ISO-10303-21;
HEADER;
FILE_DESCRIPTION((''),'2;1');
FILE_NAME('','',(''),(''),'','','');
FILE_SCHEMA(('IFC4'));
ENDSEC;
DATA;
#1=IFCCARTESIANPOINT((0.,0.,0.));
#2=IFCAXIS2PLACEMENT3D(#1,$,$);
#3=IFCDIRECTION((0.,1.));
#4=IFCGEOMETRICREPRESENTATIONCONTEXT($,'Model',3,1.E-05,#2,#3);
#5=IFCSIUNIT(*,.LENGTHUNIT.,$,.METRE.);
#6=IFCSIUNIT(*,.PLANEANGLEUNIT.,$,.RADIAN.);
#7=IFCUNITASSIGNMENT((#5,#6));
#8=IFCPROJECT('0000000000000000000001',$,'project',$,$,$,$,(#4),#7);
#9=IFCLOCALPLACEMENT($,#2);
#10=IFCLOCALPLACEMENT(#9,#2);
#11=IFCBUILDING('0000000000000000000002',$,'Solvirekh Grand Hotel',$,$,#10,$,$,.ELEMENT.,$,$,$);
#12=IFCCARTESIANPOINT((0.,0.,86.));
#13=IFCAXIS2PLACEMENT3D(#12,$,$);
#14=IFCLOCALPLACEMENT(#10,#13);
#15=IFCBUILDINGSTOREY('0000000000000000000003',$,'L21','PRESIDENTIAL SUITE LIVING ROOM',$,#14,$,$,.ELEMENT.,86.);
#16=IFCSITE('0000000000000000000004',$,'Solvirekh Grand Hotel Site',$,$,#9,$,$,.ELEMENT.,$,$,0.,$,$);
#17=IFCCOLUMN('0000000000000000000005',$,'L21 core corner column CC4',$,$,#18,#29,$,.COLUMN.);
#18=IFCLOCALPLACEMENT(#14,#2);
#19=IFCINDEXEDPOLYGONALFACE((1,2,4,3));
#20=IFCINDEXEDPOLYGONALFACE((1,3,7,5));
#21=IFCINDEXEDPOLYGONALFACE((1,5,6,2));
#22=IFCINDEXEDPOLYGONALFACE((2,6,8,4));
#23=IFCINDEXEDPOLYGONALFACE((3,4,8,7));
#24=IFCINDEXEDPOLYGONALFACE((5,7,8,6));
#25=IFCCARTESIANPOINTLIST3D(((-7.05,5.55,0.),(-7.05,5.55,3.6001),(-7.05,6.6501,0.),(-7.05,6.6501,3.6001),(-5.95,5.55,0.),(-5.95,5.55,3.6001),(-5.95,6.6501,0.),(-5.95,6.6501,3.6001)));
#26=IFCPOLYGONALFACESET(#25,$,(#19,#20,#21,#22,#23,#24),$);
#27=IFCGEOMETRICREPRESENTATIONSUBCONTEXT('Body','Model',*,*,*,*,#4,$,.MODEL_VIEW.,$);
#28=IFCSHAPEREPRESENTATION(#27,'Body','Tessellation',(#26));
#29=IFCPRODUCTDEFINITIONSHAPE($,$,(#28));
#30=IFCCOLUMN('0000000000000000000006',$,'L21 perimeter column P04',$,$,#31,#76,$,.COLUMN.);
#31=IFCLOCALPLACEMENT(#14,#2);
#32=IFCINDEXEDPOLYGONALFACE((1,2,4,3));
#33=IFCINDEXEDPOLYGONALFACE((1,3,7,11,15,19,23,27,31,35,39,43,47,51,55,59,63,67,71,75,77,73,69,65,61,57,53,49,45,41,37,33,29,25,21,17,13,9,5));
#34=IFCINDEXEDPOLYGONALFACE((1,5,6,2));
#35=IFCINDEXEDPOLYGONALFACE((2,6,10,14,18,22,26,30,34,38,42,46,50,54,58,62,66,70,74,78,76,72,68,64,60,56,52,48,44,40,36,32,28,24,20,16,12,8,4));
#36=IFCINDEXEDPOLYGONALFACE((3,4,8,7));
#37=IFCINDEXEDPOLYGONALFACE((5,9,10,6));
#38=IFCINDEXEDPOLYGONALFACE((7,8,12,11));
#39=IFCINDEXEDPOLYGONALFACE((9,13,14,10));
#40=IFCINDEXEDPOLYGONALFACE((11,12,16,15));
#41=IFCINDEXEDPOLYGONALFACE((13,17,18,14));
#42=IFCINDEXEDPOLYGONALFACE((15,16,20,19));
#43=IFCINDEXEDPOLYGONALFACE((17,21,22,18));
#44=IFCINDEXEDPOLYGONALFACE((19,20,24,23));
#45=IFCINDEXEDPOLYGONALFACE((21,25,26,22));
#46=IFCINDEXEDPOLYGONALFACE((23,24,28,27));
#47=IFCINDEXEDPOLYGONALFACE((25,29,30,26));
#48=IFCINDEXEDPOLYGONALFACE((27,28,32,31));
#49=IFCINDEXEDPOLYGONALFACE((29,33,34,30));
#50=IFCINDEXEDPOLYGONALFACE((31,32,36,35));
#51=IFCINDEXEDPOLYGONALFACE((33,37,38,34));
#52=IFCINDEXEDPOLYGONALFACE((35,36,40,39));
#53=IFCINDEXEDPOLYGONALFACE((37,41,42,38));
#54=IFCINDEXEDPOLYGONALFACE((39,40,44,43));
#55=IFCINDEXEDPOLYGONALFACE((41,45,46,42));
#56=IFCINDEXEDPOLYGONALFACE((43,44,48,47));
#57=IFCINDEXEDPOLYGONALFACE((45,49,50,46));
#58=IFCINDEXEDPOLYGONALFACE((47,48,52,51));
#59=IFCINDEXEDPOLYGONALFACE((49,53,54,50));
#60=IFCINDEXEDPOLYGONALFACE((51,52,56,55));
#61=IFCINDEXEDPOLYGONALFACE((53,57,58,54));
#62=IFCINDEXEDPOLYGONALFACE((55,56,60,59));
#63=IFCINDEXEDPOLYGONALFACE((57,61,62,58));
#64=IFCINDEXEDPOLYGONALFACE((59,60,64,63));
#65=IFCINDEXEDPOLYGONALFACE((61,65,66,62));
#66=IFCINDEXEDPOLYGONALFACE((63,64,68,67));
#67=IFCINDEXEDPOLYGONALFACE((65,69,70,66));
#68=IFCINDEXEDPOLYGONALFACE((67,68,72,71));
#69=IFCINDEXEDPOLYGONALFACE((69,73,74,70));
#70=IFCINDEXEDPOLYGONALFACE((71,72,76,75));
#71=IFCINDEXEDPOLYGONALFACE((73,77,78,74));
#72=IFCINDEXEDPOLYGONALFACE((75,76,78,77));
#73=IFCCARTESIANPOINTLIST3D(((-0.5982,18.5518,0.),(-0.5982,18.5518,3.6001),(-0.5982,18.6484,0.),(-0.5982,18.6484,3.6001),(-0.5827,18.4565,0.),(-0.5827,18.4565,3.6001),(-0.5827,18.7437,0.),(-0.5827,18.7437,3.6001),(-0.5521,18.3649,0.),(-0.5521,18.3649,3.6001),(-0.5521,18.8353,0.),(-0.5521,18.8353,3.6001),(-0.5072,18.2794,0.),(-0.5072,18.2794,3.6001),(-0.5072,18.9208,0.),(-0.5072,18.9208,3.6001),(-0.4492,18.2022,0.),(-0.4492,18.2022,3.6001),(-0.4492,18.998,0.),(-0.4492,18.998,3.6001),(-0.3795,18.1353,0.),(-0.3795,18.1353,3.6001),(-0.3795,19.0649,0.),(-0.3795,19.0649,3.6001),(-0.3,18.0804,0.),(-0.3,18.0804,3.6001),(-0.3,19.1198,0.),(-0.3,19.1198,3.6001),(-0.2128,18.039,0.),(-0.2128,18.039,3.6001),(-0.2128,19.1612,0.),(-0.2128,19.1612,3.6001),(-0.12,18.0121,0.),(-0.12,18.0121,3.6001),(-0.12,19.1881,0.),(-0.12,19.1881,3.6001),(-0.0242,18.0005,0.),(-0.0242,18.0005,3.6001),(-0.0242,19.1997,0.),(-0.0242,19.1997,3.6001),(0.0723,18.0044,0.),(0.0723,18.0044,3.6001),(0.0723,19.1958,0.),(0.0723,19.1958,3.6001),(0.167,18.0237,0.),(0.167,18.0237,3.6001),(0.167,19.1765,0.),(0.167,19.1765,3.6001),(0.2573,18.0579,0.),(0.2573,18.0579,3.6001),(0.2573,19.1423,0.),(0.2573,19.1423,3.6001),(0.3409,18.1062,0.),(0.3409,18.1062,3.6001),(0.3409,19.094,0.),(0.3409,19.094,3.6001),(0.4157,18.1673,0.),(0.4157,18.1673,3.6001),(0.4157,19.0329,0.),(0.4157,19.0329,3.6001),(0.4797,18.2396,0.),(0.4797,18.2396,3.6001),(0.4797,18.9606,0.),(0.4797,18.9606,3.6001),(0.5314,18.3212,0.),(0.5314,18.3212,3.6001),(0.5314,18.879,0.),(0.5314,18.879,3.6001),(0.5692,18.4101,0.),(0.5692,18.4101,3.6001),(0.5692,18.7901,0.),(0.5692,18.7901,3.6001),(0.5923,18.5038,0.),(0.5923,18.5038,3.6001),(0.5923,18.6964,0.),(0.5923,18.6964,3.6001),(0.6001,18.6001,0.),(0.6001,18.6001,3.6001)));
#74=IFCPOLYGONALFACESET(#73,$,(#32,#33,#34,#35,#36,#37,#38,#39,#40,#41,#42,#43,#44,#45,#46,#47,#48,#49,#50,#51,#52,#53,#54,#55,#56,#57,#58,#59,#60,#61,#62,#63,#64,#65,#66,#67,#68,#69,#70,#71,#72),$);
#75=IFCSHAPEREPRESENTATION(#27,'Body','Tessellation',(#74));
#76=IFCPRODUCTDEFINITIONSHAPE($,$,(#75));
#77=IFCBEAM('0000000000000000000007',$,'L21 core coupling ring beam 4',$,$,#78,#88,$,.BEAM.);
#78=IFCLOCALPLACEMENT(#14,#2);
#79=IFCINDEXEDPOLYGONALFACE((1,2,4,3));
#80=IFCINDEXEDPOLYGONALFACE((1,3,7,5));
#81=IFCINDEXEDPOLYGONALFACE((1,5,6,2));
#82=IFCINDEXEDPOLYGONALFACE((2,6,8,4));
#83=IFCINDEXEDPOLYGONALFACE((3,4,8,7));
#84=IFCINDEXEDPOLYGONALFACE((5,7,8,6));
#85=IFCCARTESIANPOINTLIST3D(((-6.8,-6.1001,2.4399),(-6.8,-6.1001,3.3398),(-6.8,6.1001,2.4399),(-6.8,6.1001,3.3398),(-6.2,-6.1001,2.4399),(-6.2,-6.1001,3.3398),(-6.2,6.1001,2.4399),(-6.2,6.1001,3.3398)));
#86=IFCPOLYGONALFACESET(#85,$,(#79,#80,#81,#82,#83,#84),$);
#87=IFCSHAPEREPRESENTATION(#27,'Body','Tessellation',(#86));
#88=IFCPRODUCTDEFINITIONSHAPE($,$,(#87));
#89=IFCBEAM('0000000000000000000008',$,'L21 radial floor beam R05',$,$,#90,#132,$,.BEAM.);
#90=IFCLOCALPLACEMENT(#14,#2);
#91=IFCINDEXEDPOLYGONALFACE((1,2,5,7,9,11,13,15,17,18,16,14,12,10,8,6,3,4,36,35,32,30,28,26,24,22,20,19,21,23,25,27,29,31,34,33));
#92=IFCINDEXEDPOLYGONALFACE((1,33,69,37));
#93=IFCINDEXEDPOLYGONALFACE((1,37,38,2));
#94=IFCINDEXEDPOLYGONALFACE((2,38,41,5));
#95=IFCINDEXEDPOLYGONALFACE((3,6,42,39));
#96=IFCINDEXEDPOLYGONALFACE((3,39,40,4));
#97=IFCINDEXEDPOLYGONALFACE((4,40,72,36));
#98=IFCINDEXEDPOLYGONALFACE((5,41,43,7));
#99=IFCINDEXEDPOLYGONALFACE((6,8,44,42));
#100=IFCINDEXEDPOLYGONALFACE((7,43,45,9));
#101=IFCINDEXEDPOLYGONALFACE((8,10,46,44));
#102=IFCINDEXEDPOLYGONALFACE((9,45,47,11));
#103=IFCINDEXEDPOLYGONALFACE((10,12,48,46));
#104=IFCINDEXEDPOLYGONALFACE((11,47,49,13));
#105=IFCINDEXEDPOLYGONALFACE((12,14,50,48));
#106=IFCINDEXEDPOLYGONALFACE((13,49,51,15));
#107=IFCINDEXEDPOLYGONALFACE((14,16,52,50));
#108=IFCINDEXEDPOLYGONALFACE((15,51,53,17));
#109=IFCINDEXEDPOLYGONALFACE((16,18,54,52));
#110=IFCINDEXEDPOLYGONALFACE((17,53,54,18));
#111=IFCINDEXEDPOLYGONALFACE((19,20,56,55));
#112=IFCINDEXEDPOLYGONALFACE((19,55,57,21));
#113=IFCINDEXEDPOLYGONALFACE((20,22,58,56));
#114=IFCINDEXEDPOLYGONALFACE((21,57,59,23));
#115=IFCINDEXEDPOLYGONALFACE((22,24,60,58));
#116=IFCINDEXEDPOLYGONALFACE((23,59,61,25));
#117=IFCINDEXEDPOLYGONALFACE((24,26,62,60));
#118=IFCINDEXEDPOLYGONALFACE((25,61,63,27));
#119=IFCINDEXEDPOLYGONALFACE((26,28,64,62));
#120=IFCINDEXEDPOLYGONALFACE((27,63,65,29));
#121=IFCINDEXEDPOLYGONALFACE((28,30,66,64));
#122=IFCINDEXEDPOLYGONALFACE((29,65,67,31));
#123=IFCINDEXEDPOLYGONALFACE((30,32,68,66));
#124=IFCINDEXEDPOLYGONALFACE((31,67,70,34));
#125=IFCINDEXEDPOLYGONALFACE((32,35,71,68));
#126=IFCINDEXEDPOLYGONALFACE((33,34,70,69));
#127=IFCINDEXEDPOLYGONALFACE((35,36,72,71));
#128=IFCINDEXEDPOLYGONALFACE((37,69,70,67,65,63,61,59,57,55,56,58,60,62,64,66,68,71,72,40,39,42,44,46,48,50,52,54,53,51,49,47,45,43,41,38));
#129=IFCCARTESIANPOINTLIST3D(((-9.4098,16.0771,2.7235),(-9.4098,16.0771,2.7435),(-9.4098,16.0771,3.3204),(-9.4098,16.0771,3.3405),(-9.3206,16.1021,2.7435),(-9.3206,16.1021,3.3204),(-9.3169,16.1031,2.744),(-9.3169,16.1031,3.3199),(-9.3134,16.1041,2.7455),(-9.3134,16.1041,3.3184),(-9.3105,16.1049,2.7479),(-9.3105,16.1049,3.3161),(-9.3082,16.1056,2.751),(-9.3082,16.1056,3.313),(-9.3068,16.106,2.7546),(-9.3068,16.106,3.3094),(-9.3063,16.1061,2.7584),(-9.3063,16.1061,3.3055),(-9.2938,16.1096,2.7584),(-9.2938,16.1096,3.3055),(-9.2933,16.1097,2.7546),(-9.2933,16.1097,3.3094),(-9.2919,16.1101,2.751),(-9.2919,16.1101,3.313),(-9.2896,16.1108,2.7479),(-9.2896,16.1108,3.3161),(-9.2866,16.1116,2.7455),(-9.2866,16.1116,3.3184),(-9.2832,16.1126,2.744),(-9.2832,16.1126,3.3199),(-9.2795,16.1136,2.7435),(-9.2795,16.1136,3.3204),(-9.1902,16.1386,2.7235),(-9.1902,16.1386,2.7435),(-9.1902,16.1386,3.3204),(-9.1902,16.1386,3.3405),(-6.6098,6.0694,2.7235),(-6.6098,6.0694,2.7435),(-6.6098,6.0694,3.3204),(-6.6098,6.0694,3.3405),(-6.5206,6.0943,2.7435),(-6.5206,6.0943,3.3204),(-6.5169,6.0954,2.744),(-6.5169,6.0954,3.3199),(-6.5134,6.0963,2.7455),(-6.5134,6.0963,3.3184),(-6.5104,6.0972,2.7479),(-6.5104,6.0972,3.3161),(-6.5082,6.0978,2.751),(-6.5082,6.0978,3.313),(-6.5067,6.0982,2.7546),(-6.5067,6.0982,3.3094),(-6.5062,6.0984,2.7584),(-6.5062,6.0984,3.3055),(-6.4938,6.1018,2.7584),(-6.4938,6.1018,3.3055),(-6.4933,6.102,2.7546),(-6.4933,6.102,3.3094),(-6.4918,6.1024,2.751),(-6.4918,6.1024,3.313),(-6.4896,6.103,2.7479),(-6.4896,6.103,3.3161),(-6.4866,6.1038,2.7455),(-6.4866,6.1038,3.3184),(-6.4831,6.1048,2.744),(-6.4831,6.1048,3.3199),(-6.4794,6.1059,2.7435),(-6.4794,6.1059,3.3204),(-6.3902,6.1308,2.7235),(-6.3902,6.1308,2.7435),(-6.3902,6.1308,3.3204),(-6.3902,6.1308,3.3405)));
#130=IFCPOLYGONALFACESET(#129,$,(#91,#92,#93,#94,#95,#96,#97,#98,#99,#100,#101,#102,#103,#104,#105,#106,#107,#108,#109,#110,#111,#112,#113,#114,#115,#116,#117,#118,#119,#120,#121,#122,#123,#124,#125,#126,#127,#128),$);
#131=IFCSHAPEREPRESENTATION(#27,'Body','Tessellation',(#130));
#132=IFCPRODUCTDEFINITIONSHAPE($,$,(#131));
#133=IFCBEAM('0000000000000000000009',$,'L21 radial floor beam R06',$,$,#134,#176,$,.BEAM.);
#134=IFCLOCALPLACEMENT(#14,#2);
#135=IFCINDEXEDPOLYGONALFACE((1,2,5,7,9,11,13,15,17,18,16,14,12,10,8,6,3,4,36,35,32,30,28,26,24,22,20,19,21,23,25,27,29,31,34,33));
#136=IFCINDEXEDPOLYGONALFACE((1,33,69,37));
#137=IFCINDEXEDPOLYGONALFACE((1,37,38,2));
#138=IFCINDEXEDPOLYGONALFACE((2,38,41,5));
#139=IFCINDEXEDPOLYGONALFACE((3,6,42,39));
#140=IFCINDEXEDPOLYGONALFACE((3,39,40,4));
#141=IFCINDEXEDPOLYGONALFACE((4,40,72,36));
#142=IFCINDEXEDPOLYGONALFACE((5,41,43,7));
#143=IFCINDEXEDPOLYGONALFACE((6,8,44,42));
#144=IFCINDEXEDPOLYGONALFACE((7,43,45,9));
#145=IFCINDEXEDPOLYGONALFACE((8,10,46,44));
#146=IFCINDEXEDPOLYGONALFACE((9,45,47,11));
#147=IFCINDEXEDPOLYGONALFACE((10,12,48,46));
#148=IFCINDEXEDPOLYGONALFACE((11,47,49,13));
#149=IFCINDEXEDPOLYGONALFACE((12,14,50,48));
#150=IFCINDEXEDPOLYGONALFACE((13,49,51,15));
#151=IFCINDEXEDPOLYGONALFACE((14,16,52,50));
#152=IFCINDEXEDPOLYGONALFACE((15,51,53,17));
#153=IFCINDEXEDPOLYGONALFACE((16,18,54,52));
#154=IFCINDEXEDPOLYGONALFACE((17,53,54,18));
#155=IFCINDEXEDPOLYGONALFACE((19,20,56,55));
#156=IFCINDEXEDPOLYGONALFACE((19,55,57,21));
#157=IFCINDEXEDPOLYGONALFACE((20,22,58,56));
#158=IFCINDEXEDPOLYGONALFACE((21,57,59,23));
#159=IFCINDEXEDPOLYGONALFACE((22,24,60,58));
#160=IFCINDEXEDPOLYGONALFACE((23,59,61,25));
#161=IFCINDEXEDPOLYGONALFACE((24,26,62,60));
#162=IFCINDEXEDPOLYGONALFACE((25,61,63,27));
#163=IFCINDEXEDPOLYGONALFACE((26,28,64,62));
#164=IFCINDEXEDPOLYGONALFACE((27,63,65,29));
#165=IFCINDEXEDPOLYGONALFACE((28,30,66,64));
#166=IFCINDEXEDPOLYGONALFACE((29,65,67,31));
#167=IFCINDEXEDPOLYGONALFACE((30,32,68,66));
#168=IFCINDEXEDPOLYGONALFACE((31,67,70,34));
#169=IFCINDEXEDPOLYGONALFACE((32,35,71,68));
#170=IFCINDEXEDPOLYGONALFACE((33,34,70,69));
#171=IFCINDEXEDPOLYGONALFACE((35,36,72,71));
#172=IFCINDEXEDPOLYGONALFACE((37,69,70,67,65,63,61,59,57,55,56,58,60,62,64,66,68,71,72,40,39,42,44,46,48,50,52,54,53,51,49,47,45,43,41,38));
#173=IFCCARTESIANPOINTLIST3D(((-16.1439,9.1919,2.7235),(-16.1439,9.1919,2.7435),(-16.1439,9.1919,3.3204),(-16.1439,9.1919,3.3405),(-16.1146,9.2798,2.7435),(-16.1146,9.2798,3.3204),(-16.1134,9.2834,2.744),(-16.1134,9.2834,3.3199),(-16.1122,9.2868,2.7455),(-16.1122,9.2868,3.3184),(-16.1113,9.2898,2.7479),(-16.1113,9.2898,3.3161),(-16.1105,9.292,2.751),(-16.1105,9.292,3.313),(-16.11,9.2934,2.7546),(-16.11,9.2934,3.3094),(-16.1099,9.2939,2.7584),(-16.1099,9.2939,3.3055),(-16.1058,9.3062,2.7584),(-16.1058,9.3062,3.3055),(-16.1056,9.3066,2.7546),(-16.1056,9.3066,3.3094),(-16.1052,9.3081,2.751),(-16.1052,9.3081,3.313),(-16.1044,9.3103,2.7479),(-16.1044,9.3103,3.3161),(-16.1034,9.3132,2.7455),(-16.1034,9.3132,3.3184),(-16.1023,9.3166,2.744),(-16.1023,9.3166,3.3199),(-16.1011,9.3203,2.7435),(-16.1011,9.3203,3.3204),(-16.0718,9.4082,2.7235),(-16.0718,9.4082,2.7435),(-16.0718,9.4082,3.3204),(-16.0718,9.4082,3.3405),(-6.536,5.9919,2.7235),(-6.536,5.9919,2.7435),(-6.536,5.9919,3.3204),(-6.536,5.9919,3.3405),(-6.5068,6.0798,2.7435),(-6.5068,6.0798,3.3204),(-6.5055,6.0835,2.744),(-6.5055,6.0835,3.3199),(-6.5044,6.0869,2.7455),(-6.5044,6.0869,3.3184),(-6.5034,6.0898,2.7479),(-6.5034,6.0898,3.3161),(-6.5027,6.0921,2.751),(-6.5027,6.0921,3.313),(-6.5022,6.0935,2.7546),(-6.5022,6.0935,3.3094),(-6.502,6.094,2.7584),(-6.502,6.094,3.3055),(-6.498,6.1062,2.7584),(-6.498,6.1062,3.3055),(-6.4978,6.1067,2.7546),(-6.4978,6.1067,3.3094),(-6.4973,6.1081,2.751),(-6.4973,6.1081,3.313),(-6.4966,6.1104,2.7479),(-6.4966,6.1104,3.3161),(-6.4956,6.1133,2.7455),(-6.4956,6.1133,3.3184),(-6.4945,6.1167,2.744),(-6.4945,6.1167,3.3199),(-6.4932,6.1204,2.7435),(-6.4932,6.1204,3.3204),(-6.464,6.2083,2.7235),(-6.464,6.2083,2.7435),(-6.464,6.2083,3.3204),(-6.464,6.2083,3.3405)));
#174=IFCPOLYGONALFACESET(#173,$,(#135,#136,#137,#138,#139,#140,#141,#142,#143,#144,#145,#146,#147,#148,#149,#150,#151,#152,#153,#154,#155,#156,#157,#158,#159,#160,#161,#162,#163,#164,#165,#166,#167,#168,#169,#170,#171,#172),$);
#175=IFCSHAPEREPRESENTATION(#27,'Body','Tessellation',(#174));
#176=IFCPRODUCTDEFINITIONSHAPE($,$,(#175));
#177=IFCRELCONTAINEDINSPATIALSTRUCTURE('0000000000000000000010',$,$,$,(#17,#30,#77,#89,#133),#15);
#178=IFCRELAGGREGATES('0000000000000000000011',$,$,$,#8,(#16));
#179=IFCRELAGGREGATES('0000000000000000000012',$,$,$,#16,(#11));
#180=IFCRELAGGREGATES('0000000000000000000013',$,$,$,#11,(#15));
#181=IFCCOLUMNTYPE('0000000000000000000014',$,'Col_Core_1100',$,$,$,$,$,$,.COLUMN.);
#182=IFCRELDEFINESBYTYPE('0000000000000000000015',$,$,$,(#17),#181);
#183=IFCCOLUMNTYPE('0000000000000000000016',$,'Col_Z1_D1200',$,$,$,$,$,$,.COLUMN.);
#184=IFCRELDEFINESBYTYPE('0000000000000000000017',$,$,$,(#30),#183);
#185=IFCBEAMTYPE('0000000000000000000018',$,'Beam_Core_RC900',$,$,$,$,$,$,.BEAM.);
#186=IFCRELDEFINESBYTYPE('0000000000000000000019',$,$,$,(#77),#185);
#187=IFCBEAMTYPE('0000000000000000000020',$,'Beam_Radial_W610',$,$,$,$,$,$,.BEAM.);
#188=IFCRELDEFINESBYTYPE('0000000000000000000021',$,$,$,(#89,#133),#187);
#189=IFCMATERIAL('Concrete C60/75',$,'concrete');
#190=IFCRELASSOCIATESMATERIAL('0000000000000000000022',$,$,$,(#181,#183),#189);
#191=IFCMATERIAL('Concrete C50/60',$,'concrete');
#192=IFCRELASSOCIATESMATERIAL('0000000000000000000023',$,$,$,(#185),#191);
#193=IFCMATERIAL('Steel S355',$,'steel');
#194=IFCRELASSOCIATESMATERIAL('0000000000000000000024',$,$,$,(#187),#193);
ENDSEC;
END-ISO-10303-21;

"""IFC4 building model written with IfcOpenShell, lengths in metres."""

from ifc_helpers import new_model, si_unit, direction, frame, origin, origin_2d, place, context, subcontext, project, spatial, rectangle, circle, i_section, extrude, material, material_profile, profile_set, type_object, element, save


model = new_model("IFC4")

# Units and contexts
model_context = context("Model", 3, precision=1e-05, world=origin(), true_north=direction((0.0, 1.0)))
body_context = subcontext(model_context, "Body", "Model", "MODEL_VIEW")
ifc_project = project(units=[si_unit("LENGTHUNIT", "METRE"), si_unit("PLANEANGLEUNIT", "RADIAN")], contexts=[model_context])

# Site, building, storey
site_placement = place(None, origin())
site = spatial("IfcSite", under=ifc_project, at=site_placement, Name="Solvirekh Grand Hotel Site", CompositionType="ELEMENT", RefElevation=0.0)
building_placement = place(site_placement, origin())
building = spatial("IfcBuilding", under=site, at=building_placement, Name="Solvirekh Grand Hotel", CompositionType="ELEMENT")
storey_placement = place(building_placement, frame((0.0, 0.0, 86.0)))
storey = spatial("IfcBuildingStorey", under=building, at=storey_placement, Name="L21", Description="PRESIDENTIAL SUITE LIVING ROOM", CompositionType="ELEMENT", Elevation=86.0)

# Columns
ifc_material_1 = material(Name="Concrete C60/75", Category="concrete")
ifc_material_profile_1 = material_profile(ifc_material_1, rectangle(XDim=1.1001, YDim=1.1001, at=origin_2d()), Name="RC 1100X1100")
ifc_profile_set_1 = profile_set([ifc_material_profile_1], Name="Concrete C60/75")
column_type_1 = type_object("IfcColumnType", Name="Col_Core_1100", PredefinedType="COLUMN", material=ifc_profile_set_1)
column_1_placement = place(storey_placement, frame((-6.5, 6.1001, 0.0), z_axis=(0.0, 0.0, 1.0), x_axis=(1.0, 0.0, 0.0)))
element("IfcColumn", 1, at=column_1_placement, inside=storey, type_object=column_type_1, Name="L21 core corner column CC4", PredefinedType="COLUMN", context=body_context, shape_type="SweptSolid", body=[
    extrude(rectangle(XDim=1.1001, YDim=1.1001, at=origin_2d()), origin(), (0.0, 0.0, 1.0), 3.6001),
])
ifc_material_profile_2 = material_profile(ifc_material_1, circle(Radius=0.6001, at=origin_2d()), Name="RC CIRC D1200")
ifc_profile_set_2 = profile_set([ifc_material_profile_2], Name="Concrete C60/75")
column_type_2 = type_object("IfcColumnType", Name="Col_Z1_D1200", PredefinedType="COLUMN", material=ifc_profile_set_2)
column_2_placement = place(storey_placement, frame((0.0, 18.6001, 0.0), z_axis=(0.0, 0.0, 1.0), x_axis=(1.0, 0.0, 0.0)))
element("IfcColumn", 2, at=column_2_placement, inside=storey, type_object=column_type_2, Name="L21 perimeter column P04", PredefinedType="COLUMN", context=body_context, shape_type="SweptSolid", body=[
    extrude(circle(Radius=0.6001, at=origin_2d()), origin(), (0.0, 0.0, 1.0), 3.6001),
])

# Beams
ifc_material_2 = material(Name="Concrete C50/60", Category="concrete")
ifc_material_profile_3 = material_profile(ifc_material_2, rectangle(XDim=0.6001, YDim=0.8999, at=origin_2d()), Name="RC BEAM 600X900")
ifc_profile_set_3 = profile_set([ifc_material_profile_3], Name="Concrete C50/60")
beam_type_1 = type_object("IfcBeamType", Name="Beam_Core_RC900", PredefinedType="BEAM", material=ifc_profile_set_3)
beam_1_placement = place(storey_placement, frame((-6.5, 6.1001, 2.8899), z_axis=(0.0, -1.0, 0.0), x_axis=(1.0, 0.0, 0.0)))
element("IfcBeam", 3, at=beam_1_placement, inside=storey, type_object=beam_type_1, Name="L21 core coupling ring beam 4", PredefinedType="BEAM", context=body_context, shape_type="SweptSolid", body=[
    extrude(rectangle(XDim=0.6001, YDim=0.8999, at=origin_2d()), origin(), (0.0, 0.0, 1.0), 12.2002),
])
ifc_material_3 = material(Name="Steel S355", Category="steel")
ifc_material_profile_4 = material_profile(ifc_material_3, i_section(OverallWidth=0.228, OverallDepth=0.6169, WebThickness=0.0129, FlangeThickness=0.02, FilletRadius=0.0149, at=origin_2d()), Name="W610X140")
ifc_profile_set_4 = profile_set([ifc_material_profile_4], Name="Steel S355")
beam_type_2 = type_object("IfcBeamType", Name="Beam_Radial_W610", PredefinedType="BEAM", material=ifc_profile_set_4)
beam_2_placement = place(storey_placement, frame((-6.5, 6.1001, 3.032), z_axis=(-0.269439, 0.963017, 0.0), x_axis=(-0.963017, -0.269439, 0.0)))
element("IfcBeam", 4, at=beam_2_placement, inside=storey, type_object=beam_type_2, Name="L21 radial floor beam R05", PredefinedType="BEAM", context=body_context, shape_type="SweptSolid", body=[
    extrude(i_section(OverallWidth=0.228, OverallDepth=0.6169, WebThickness=0.0129, FlangeThickness=0.02, FilletRadius=0.0149, at=origin_2d()), origin(), (0.0, 0.0, 1.0), 10.3921),
])
beam_3_placement = place(storey_placement, frame((-6.5, 6.1001, 3.032), z_axis=(-0.948763, 0.315989, 0.0), x_axis=(-0.315989, -0.948763, 0.0)))
element("IfcBeam", 5, at=beam_3_placement, inside=storey, type_object=beam_type_2, Name="L21 radial floor beam R06", PredefinedType="BEAM", context=body_context, shape_type="SweptSolid", body=[
    extrude(i_section(OverallWidth=0.228, OverallDepth=0.6169, WebThickness=0.0129, FlangeThickness=0.02, FilletRadius=0.0149, at=origin_2d()), origin(), (0.0, 0.0, 1.0), 10.1267),
])

save(model, "model.ifc")
